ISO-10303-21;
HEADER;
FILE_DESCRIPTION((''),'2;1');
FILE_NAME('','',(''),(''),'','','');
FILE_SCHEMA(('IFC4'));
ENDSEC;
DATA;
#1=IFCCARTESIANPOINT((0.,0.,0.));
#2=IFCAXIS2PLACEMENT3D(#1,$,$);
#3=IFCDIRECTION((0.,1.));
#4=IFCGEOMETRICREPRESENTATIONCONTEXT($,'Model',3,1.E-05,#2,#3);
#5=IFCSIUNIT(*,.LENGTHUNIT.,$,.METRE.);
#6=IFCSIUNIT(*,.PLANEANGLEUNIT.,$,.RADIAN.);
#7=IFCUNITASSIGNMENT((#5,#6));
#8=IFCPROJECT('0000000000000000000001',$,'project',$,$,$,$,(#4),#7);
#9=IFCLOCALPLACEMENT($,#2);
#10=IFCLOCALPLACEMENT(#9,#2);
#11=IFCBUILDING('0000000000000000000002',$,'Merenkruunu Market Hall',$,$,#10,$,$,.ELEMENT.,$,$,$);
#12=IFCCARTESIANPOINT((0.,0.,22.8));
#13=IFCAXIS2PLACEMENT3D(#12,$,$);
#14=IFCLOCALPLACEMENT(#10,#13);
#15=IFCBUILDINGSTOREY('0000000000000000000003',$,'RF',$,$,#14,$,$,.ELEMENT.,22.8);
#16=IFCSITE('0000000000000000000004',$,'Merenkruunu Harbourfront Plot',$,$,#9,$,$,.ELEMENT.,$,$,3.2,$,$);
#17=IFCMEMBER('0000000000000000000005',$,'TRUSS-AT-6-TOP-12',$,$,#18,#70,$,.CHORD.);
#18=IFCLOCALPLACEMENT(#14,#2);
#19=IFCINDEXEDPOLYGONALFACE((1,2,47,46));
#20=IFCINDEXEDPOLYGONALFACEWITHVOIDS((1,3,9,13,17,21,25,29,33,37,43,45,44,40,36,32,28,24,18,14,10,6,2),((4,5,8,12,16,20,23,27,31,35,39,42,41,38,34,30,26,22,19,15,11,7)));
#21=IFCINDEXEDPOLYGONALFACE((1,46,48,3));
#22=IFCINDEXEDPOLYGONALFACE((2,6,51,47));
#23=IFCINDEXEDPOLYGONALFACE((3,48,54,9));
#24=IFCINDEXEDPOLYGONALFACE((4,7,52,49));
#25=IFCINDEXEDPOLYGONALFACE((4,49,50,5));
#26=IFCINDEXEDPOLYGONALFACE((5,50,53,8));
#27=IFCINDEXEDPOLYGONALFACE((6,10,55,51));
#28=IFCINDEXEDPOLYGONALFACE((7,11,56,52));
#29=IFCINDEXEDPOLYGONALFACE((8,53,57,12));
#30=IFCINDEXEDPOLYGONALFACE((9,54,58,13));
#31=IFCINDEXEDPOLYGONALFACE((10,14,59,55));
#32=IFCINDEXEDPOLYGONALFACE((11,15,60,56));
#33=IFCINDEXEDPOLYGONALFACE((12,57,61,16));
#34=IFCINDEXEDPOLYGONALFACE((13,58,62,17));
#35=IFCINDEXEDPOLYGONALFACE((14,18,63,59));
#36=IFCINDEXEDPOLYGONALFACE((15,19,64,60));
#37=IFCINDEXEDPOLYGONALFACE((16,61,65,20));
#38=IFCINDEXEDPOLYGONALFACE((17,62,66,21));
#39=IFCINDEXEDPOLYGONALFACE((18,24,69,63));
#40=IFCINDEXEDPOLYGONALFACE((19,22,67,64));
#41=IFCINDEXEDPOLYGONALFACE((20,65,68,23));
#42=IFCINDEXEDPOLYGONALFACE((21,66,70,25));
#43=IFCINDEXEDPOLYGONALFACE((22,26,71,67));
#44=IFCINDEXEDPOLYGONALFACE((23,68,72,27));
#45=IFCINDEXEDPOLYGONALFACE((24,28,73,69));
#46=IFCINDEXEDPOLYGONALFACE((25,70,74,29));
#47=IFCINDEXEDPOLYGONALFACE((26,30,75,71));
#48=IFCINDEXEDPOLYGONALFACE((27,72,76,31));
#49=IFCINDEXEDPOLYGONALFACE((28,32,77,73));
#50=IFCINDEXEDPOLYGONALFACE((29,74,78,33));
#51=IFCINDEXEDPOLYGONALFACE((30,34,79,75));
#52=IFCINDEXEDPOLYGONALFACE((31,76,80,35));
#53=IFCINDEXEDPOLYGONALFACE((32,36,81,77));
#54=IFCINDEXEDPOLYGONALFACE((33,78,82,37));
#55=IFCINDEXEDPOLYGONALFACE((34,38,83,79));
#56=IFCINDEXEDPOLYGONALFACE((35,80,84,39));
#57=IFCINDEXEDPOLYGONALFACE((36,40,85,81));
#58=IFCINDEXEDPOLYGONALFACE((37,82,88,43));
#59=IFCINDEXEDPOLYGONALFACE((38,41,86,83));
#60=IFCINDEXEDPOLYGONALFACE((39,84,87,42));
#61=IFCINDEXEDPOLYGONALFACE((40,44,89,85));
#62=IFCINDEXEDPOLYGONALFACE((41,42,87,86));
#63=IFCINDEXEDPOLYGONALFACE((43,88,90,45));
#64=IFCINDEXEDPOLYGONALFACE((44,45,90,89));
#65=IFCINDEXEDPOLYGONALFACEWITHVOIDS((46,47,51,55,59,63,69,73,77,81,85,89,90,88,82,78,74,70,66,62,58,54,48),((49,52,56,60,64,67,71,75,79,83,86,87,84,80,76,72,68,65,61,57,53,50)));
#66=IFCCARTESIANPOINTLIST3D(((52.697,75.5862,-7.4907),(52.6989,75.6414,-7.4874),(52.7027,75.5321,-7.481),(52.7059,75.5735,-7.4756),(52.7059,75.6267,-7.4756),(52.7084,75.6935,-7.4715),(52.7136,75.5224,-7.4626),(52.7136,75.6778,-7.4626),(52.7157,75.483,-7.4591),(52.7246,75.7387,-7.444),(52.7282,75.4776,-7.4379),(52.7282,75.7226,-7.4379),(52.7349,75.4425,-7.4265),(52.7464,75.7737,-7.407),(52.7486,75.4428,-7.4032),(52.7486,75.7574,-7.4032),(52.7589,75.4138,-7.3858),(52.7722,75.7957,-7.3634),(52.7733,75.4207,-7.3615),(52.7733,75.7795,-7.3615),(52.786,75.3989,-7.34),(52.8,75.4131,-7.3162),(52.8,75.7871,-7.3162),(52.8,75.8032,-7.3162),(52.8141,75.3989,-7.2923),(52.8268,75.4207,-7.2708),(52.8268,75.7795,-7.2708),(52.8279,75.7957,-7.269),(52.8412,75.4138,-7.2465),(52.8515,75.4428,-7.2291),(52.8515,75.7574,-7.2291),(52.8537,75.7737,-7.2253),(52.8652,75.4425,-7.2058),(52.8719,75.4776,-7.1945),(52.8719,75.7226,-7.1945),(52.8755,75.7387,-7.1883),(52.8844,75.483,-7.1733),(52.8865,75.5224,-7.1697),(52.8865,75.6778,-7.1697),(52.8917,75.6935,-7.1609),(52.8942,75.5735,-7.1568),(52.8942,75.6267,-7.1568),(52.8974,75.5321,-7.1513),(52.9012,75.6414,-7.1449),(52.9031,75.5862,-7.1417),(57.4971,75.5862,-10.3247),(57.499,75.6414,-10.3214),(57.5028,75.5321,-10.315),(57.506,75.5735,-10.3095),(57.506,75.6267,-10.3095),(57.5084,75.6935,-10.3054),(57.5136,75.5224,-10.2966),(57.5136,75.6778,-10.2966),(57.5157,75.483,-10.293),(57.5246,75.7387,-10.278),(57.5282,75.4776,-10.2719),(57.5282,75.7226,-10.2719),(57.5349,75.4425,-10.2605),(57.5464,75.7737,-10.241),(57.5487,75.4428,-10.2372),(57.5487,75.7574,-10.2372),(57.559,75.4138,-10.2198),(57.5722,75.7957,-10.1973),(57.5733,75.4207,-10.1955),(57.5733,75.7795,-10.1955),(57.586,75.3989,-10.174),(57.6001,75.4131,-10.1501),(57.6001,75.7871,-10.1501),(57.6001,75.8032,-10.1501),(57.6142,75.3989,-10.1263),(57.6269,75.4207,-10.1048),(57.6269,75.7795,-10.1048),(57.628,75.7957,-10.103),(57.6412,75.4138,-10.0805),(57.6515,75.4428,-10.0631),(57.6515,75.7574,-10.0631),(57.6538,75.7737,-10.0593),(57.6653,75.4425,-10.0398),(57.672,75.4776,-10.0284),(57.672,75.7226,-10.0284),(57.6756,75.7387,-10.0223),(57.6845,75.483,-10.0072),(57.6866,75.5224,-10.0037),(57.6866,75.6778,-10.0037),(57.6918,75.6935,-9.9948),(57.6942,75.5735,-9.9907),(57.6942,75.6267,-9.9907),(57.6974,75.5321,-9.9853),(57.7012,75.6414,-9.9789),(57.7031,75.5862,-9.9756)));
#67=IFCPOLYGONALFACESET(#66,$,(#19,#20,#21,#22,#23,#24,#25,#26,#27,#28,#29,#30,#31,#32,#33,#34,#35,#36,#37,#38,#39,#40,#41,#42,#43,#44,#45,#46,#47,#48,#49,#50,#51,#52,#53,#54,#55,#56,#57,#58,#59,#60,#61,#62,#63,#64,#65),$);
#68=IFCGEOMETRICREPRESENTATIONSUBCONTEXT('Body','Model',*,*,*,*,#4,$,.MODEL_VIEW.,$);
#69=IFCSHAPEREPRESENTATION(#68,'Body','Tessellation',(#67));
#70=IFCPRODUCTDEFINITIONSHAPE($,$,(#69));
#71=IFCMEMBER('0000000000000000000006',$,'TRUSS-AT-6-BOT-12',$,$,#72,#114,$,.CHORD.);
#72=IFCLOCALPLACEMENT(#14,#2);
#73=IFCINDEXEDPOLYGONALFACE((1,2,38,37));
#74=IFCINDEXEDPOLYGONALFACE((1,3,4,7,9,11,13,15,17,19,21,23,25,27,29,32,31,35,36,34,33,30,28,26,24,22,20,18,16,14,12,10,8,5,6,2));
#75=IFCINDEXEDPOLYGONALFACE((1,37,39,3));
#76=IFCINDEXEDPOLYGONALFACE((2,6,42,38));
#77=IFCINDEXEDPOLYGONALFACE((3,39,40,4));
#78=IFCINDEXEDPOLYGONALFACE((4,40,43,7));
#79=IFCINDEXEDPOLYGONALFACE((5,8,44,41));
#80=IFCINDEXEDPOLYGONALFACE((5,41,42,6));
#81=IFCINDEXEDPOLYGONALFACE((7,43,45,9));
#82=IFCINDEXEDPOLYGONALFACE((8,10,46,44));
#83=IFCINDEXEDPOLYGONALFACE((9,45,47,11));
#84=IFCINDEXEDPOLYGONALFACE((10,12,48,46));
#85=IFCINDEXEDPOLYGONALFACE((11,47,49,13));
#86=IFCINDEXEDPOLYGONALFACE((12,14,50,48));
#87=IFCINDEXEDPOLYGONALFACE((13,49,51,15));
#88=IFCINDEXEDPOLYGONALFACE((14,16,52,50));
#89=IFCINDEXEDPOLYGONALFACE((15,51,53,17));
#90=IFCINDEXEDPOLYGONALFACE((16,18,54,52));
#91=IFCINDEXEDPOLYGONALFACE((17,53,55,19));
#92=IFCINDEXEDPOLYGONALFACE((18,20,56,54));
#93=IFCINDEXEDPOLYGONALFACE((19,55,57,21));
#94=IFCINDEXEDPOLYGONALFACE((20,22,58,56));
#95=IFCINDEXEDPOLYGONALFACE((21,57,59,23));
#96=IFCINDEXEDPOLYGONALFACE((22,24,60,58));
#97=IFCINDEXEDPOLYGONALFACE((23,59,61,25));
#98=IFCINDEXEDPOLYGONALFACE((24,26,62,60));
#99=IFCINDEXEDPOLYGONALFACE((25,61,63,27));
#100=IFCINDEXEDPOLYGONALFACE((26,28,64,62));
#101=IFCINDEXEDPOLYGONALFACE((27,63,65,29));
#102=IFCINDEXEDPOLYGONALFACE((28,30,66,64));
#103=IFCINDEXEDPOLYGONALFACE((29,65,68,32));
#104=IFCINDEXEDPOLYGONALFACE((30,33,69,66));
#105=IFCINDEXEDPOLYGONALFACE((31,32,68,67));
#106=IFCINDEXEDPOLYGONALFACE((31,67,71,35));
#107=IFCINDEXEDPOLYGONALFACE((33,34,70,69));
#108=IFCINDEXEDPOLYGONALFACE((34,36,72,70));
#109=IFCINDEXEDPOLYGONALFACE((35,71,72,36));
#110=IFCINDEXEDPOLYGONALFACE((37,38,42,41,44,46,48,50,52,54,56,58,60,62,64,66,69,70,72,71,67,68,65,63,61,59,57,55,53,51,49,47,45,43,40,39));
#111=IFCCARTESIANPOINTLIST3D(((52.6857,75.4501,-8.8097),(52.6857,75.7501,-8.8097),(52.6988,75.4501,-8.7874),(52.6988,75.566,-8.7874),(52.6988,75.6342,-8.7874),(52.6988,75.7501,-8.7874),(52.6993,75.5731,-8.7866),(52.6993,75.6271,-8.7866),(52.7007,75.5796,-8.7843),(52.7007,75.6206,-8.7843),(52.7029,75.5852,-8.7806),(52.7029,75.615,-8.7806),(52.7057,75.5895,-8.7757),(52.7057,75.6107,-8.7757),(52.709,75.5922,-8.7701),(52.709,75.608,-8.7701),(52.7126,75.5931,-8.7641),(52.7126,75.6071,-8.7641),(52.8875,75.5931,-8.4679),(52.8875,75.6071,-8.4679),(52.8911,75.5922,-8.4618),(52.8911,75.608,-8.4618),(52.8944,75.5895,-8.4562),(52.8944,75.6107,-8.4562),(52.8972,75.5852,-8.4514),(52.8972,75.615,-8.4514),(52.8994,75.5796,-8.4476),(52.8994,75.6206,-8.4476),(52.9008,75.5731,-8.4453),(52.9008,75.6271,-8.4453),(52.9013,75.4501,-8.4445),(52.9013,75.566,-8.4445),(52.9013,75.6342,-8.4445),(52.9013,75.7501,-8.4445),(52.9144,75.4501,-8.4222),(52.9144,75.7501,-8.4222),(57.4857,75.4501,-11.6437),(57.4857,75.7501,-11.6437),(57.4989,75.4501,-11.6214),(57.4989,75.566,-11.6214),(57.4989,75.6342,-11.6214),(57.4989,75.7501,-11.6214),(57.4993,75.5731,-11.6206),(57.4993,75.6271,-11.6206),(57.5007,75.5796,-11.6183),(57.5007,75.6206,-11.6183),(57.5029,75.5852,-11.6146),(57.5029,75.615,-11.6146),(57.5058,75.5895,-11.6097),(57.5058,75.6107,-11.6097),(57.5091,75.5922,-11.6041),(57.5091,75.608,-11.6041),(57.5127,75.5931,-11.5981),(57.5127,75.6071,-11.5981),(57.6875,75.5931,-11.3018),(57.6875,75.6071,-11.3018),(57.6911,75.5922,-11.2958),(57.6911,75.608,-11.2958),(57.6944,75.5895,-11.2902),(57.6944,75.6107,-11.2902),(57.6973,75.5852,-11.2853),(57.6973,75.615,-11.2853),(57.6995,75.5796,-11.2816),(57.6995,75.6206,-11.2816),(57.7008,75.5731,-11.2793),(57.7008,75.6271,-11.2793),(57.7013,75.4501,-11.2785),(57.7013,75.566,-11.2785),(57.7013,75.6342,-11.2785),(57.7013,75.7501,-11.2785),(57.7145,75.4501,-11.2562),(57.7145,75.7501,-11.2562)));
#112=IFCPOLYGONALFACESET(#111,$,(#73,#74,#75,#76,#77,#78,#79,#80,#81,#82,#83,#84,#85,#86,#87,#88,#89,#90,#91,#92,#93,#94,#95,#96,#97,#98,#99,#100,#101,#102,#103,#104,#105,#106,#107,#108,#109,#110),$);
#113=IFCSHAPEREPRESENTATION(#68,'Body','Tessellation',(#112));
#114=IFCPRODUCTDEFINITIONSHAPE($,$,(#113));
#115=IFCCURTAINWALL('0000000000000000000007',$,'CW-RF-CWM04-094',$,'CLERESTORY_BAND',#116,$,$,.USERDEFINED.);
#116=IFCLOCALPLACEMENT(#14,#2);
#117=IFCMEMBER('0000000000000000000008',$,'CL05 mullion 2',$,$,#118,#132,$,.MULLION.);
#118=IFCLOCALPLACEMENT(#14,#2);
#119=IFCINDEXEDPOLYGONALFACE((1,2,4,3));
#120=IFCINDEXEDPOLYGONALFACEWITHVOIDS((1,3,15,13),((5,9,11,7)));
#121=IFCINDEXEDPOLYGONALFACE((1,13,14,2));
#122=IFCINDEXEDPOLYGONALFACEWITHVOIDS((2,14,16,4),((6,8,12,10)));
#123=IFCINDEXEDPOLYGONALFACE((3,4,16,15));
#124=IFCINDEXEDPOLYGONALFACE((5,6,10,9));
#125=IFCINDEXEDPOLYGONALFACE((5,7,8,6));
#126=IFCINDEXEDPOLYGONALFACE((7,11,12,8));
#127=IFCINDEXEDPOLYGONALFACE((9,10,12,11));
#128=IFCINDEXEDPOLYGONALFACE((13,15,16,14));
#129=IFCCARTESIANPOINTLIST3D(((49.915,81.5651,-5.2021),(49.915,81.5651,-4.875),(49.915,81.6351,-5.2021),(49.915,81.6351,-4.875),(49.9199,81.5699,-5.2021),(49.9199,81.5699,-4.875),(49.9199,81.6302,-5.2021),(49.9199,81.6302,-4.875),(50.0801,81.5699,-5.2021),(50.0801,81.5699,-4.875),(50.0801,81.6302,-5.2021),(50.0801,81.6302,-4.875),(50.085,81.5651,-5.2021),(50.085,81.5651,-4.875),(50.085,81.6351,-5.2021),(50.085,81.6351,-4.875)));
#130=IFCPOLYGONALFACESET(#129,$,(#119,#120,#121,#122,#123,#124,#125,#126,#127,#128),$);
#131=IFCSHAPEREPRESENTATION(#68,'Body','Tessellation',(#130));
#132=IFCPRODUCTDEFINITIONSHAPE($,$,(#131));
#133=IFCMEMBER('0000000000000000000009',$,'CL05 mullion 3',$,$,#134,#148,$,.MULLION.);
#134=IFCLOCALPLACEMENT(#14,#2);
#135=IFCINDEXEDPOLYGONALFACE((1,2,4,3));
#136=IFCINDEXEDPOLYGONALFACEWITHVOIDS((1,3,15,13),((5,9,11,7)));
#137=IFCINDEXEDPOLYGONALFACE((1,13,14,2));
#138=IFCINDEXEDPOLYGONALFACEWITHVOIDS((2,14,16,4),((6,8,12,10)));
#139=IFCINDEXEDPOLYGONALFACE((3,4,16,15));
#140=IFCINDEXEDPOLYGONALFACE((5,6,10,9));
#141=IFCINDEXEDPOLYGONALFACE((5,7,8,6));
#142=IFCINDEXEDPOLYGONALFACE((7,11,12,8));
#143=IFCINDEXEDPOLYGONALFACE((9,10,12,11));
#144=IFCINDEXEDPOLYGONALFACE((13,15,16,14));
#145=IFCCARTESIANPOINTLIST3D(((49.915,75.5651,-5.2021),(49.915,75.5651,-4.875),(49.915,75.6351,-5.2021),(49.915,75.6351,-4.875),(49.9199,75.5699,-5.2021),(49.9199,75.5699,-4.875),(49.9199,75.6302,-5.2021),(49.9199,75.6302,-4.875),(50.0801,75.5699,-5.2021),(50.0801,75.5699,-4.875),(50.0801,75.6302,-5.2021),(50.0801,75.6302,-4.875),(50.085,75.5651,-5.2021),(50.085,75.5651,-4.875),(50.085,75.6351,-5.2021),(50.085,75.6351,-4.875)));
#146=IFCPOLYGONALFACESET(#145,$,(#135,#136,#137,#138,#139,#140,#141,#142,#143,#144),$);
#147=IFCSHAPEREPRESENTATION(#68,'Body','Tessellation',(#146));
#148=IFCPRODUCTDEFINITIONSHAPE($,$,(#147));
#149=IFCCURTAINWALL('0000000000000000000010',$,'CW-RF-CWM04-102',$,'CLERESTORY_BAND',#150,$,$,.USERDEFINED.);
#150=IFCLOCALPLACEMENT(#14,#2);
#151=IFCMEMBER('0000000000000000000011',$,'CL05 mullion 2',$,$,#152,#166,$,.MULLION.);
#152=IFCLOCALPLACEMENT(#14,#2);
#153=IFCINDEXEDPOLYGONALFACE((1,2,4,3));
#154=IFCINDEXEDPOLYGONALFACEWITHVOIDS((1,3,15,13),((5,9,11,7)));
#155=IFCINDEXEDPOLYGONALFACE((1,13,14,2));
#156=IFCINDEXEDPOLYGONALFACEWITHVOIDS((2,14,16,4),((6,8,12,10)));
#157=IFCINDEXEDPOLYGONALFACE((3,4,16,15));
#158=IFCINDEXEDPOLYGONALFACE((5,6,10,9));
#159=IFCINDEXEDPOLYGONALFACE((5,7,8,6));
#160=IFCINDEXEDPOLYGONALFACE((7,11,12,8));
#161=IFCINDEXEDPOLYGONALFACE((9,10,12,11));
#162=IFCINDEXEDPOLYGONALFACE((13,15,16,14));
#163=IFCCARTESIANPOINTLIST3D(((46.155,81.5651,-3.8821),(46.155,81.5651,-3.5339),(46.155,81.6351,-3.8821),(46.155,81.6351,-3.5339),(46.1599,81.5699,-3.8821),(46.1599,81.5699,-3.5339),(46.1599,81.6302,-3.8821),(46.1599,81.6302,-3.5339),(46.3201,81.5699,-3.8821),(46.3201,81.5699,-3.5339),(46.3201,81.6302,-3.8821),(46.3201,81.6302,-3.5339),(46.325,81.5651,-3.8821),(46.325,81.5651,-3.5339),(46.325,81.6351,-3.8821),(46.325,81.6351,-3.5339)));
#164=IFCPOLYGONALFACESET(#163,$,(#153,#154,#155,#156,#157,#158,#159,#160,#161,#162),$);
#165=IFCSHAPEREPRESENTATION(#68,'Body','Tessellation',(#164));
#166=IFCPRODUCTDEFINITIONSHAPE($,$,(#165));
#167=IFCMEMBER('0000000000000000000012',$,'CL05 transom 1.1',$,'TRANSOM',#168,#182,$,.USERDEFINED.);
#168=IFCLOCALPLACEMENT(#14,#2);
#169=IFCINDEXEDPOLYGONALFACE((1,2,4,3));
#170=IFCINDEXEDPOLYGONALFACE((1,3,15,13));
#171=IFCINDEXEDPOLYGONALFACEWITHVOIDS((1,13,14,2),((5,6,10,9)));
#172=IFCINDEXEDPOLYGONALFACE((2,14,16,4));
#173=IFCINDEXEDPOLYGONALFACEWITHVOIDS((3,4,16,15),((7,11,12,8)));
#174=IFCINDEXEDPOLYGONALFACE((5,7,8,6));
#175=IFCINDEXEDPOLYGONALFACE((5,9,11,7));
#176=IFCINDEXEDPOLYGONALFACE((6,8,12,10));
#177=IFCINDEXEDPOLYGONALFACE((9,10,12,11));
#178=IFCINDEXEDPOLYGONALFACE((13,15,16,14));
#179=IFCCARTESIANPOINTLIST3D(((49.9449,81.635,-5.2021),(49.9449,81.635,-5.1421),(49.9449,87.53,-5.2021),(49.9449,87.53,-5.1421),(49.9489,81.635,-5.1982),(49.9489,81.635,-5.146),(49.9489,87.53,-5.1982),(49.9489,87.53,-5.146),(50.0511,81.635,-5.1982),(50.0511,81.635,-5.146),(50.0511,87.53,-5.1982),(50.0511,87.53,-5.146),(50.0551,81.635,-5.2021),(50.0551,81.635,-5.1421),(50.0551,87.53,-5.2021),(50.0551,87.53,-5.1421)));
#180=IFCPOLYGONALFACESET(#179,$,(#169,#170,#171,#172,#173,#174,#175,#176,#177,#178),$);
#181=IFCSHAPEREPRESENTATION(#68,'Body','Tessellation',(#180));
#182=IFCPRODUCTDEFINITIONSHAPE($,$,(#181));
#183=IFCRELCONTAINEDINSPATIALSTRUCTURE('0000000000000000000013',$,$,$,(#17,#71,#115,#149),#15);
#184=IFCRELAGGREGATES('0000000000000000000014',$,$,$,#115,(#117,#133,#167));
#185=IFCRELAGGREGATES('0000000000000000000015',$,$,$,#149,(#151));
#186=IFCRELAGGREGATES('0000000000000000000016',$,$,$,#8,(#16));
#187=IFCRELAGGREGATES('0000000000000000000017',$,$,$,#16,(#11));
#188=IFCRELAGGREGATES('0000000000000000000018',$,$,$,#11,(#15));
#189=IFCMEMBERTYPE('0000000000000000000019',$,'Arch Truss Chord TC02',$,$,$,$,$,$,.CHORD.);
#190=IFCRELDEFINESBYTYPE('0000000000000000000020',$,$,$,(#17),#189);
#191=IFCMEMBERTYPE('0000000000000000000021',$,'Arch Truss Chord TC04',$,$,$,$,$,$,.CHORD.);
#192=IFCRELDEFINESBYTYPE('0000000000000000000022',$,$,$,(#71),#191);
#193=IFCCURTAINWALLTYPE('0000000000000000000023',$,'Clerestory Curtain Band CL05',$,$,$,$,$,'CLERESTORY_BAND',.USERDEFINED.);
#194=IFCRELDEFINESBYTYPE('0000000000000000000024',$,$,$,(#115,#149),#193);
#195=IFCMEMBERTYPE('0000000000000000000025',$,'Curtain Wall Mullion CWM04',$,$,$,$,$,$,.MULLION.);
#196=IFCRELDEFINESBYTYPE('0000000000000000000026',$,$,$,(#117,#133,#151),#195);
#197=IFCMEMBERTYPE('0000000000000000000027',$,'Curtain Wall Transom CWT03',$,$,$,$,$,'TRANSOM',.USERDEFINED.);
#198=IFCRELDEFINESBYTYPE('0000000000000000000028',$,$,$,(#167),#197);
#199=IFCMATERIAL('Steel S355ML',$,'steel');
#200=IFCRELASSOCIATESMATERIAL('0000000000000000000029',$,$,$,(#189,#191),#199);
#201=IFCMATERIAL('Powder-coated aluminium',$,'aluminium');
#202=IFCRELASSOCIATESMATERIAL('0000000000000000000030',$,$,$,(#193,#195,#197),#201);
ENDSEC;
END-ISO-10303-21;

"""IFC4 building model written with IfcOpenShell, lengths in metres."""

from ifc_helpers import new_model, si_unit, direction, frame, origin, origin_2d, place, context, subcontext, project, spatial, hollow_rectangle, hollow_circle, i_section, extrude, material, material_profile, profile_set, type_object, element, aggregate, save


model = new_model("IFC4")

# Units and contexts
model_context = context("Model", 3, precision=1e-05, world=origin(), true_north=direction((0.0, 1.0)))
body_context = subcontext(model_context, "Body", "Model", "MODEL_VIEW")
ifc_project = project(units=[si_unit("LENGTHUNIT", "METRE"), si_unit("PLANEANGLEUNIT", "RADIAN")], contexts=[model_context])

# Site, building, storey
site_placement = place(None, origin())
site = spatial("IfcSite", under=ifc_project, at=site_placement, Name="Merenkruunu Harbourfront Plot", CompositionType="ELEMENT", RefElevation=3.2)
building_placement = place(site_placement, origin())
building = spatial("IfcBuilding", under=site, at=building_placement, Name="Merenkruunu Market Hall", CompositionType="ELEMENT")
storey_placement = place(building_placement, frame((0.0, 0.0, 22.8)))
storey = spatial("IfcBuildingStorey", under=building, at=storey_placement, Name="RF", CompositionType="ELEMENT", Elevation=22.8)

# Members
ifc_material_1 = material(Name="Steel S355ML", Category="steel")
ifc_material_profile_1 = material_profile(ifc_material_1, hollow_circle(Radius=0.2031, WallThickness=0.0161, at=origin_2d()), Name="CHS 406.4x16")
ifc_profile_set_1 = profile_set([ifc_material_profile_1], Name="Steel S355ML")
member_type_1 = type_object("IfcMemberType", Name="Arch Truss Chord TC02", PredefinedType="CHORD", material=ifc_profile_set_1)
member_1_placement = place(storey_placement, frame((52.8, 75.6001, -7.3162), z_axis=(0.861116, 0.0, -0.508409), x_axis=(0.0, 1.0, 0.0)))
element("IfcMember", 1, at=member_1_placement, inside=storey, type_object=member_type_1, Name="TRUSS-AT-6-TOP-12", PredefinedType="CHORD", context=body_context, shape_type="SweptSolid", body=[
    extrude(hollow_circle(Radius=0.2031, WallThickness=0.0161, at=origin_2d()), origin(), (0.0, 0.0, 1.0), 5.5742),
])
ifc_material_profile_2 = material_profile(ifc_material_1, i_section(OverallWidth=0.3, OverallDepth=0.45, WebThickness=0.0139, FlangeThickness=0.0259, FilletRadius=0.0271, at=origin_2d()), Name="HEB 450")
ifc_profile_set_2 = profile_set([ifc_material_profile_2], Name="Steel S355ML")
member_type_2 = type_object("IfcMemberType", Name="Arch Truss Chord TC04", PredefinedType="CHORD", material=ifc_profile_set_2)
member_2_placement = place(storey_placement, frame((52.8, 75.6001, -8.616), z_axis=(0.861116, 0.0, -0.508409), x_axis=(0.0, 1.0, 0.0)))
element("IfcMember", 2, at=member_2_placement, inside=storey, type_object=member_type_2, Name="TRUSS-AT-6-BOT-12", PredefinedType="CHORD", context=body_context, shape_type="SweptSolid", body=[
    extrude(i_section(OverallWidth=0.3, OverallDepth=0.45, WebThickness=0.0139, FlangeThickness=0.0259, FilletRadius=0.0271, at=origin_2d()), origin(), (0.0, 0.0, 1.0), 5.5742),
])

# Curtain wall, members
ifc_material_2 = material(Name="Powder-coated aluminium", Category="aluminium")
curtain_wall_type = type_object("IfcCurtainWallType", Name="Clerestory Curtain Band CL05", ElementType="CLERESTORY_BAND", PredefinedType="USERDEFINED", material=ifc_material_2)
curtain_wall_1_placement = place(storey_placement, origin())
curtain_wall_1 = element("IfcCurtainWall", 3, at=curtain_wall_1_placement, inside=storey, type_object=curtain_wall_type, Name="CW-RF-CWM04-094", ObjectType="CLERESTORY_BAND", PredefinedType="USERDEFINED")
ifc_material_profile_3 = material_profile(ifc_material_2, hollow_rectangle(XDim=0.0701, YDim=0.1699, WallThickness=0.0049, at=origin_2d()), Name="ALU 70x170x5")
ifc_profile_set_3 = profile_set([ifc_material_profile_3], Name="Powder-coated aluminium")
member_type_3 = type_object("IfcMemberType", Name="Curtain Wall Mullion CWM04", PredefinedType="MULLION", material=ifc_profile_set_3)
member_3_placement = place(storey_placement, frame((50.0, 81.6001, -5.2021), z_axis=(0.0, 0.0, 1.0), x_axis=(0.0, -1.0, 0.0)))
member_3 = element("IfcMember", 4, at=member_3_placement, type_object=member_type_3, Name="CL05 mullion 2", PredefinedType="MULLION", context=body_context, shape_type="SweptSolid", body=[
    extrude(hollow_rectangle(XDim=0.0701, YDim=0.1699, WallThickness=0.0049, at=origin_2d()), origin(), (0.0, 0.0, 1.0), 0.3271),
])
member_4_placement = place(storey_placement, frame((50.0, 75.6001, -5.2021), z_axis=(0.0, 0.0, 1.0), x_axis=(0.0, -1.0, 0.0)))
member_4 = element("IfcMember", 5, at=member_4_placement, type_object=member_type_3, Name="CL05 mullion 3", PredefinedType="MULLION", context=body_context, shape_type="SweptSolid", body=[
    extrude(hollow_rectangle(XDim=0.0701, YDim=0.1699, WallThickness=0.0049, at=origin_2d()), origin(), (0.0, 0.0, 1.0), 0.3271),
])

# Curtain wall, member
curtain_wall_2_placement = place(storey_placement, origin())
curtain_wall_2 = element("IfcCurtainWall", 6, at=curtain_wall_2_placement, inside=storey, type_object=curtain_wall_type, Name="CW-RF-CWM04-102", ObjectType="CLERESTORY_BAND", PredefinedType="USERDEFINED")
member_5_placement = place(storey_placement, frame((46.24, 81.6001, -3.8821), z_axis=(0.0, 0.0, 1.0), x_axis=(0.0, -1.0, 0.0)))
member_5 = element("IfcMember", 7, at=member_5_placement, type_object=member_type_3, Name="CL05 mullion 2", PredefinedType="MULLION", context=body_context, shape_type="SweptSolid", body=[
    extrude(hollow_rectangle(XDim=0.0701, YDim=0.1699, WallThickness=0.0049, at=origin_2d()), origin(), (0.0, 0.0, 1.0), 0.3481),
])

# Member
ifc_material_profile_4 = material_profile(ifc_material_2, hollow_rectangle(XDim=0.0601, YDim=0.1101, WallThickness=0.0039, at=origin_2d()), Name="ALU 60x110x4")
ifc_profile_set_4 = profile_set([ifc_material_profile_4], Name="Powder-coated aluminium")
member_type_4 = type_object("IfcMemberType", Name="Curtain Wall Transom CWT03", ElementType="TRANSOM", PredefinedType="USERDEFINED", material=ifc_profile_set_4)
member_6_placement = place(storey_placement, frame((50.0, 87.53, -5.1721), z_axis=(0.0, -1.0, 0.0), x_axis=(0.0, 0.0, 1.0)))
member_6 = element("IfcMember", 8, at=member_6_placement, type_object=member_type_4, Name="CL05 transom 1.1", ObjectType="TRANSOM", PredefinedType="USERDEFINED", context=body_context, shape_type="SweptSolid", body=[
    extrude(hollow_rectangle(XDim=0.0601, YDim=0.1101, WallThickness=0.0039, at=origin_2d()), origin(), (0.0, 0.0, 1.0), 5.895),
])

aggregate(curtain_wall_1, [member_3, member_4, member_6])
aggregate(curtain_wall_2, [member_5])

save(model, "model.ifc")
